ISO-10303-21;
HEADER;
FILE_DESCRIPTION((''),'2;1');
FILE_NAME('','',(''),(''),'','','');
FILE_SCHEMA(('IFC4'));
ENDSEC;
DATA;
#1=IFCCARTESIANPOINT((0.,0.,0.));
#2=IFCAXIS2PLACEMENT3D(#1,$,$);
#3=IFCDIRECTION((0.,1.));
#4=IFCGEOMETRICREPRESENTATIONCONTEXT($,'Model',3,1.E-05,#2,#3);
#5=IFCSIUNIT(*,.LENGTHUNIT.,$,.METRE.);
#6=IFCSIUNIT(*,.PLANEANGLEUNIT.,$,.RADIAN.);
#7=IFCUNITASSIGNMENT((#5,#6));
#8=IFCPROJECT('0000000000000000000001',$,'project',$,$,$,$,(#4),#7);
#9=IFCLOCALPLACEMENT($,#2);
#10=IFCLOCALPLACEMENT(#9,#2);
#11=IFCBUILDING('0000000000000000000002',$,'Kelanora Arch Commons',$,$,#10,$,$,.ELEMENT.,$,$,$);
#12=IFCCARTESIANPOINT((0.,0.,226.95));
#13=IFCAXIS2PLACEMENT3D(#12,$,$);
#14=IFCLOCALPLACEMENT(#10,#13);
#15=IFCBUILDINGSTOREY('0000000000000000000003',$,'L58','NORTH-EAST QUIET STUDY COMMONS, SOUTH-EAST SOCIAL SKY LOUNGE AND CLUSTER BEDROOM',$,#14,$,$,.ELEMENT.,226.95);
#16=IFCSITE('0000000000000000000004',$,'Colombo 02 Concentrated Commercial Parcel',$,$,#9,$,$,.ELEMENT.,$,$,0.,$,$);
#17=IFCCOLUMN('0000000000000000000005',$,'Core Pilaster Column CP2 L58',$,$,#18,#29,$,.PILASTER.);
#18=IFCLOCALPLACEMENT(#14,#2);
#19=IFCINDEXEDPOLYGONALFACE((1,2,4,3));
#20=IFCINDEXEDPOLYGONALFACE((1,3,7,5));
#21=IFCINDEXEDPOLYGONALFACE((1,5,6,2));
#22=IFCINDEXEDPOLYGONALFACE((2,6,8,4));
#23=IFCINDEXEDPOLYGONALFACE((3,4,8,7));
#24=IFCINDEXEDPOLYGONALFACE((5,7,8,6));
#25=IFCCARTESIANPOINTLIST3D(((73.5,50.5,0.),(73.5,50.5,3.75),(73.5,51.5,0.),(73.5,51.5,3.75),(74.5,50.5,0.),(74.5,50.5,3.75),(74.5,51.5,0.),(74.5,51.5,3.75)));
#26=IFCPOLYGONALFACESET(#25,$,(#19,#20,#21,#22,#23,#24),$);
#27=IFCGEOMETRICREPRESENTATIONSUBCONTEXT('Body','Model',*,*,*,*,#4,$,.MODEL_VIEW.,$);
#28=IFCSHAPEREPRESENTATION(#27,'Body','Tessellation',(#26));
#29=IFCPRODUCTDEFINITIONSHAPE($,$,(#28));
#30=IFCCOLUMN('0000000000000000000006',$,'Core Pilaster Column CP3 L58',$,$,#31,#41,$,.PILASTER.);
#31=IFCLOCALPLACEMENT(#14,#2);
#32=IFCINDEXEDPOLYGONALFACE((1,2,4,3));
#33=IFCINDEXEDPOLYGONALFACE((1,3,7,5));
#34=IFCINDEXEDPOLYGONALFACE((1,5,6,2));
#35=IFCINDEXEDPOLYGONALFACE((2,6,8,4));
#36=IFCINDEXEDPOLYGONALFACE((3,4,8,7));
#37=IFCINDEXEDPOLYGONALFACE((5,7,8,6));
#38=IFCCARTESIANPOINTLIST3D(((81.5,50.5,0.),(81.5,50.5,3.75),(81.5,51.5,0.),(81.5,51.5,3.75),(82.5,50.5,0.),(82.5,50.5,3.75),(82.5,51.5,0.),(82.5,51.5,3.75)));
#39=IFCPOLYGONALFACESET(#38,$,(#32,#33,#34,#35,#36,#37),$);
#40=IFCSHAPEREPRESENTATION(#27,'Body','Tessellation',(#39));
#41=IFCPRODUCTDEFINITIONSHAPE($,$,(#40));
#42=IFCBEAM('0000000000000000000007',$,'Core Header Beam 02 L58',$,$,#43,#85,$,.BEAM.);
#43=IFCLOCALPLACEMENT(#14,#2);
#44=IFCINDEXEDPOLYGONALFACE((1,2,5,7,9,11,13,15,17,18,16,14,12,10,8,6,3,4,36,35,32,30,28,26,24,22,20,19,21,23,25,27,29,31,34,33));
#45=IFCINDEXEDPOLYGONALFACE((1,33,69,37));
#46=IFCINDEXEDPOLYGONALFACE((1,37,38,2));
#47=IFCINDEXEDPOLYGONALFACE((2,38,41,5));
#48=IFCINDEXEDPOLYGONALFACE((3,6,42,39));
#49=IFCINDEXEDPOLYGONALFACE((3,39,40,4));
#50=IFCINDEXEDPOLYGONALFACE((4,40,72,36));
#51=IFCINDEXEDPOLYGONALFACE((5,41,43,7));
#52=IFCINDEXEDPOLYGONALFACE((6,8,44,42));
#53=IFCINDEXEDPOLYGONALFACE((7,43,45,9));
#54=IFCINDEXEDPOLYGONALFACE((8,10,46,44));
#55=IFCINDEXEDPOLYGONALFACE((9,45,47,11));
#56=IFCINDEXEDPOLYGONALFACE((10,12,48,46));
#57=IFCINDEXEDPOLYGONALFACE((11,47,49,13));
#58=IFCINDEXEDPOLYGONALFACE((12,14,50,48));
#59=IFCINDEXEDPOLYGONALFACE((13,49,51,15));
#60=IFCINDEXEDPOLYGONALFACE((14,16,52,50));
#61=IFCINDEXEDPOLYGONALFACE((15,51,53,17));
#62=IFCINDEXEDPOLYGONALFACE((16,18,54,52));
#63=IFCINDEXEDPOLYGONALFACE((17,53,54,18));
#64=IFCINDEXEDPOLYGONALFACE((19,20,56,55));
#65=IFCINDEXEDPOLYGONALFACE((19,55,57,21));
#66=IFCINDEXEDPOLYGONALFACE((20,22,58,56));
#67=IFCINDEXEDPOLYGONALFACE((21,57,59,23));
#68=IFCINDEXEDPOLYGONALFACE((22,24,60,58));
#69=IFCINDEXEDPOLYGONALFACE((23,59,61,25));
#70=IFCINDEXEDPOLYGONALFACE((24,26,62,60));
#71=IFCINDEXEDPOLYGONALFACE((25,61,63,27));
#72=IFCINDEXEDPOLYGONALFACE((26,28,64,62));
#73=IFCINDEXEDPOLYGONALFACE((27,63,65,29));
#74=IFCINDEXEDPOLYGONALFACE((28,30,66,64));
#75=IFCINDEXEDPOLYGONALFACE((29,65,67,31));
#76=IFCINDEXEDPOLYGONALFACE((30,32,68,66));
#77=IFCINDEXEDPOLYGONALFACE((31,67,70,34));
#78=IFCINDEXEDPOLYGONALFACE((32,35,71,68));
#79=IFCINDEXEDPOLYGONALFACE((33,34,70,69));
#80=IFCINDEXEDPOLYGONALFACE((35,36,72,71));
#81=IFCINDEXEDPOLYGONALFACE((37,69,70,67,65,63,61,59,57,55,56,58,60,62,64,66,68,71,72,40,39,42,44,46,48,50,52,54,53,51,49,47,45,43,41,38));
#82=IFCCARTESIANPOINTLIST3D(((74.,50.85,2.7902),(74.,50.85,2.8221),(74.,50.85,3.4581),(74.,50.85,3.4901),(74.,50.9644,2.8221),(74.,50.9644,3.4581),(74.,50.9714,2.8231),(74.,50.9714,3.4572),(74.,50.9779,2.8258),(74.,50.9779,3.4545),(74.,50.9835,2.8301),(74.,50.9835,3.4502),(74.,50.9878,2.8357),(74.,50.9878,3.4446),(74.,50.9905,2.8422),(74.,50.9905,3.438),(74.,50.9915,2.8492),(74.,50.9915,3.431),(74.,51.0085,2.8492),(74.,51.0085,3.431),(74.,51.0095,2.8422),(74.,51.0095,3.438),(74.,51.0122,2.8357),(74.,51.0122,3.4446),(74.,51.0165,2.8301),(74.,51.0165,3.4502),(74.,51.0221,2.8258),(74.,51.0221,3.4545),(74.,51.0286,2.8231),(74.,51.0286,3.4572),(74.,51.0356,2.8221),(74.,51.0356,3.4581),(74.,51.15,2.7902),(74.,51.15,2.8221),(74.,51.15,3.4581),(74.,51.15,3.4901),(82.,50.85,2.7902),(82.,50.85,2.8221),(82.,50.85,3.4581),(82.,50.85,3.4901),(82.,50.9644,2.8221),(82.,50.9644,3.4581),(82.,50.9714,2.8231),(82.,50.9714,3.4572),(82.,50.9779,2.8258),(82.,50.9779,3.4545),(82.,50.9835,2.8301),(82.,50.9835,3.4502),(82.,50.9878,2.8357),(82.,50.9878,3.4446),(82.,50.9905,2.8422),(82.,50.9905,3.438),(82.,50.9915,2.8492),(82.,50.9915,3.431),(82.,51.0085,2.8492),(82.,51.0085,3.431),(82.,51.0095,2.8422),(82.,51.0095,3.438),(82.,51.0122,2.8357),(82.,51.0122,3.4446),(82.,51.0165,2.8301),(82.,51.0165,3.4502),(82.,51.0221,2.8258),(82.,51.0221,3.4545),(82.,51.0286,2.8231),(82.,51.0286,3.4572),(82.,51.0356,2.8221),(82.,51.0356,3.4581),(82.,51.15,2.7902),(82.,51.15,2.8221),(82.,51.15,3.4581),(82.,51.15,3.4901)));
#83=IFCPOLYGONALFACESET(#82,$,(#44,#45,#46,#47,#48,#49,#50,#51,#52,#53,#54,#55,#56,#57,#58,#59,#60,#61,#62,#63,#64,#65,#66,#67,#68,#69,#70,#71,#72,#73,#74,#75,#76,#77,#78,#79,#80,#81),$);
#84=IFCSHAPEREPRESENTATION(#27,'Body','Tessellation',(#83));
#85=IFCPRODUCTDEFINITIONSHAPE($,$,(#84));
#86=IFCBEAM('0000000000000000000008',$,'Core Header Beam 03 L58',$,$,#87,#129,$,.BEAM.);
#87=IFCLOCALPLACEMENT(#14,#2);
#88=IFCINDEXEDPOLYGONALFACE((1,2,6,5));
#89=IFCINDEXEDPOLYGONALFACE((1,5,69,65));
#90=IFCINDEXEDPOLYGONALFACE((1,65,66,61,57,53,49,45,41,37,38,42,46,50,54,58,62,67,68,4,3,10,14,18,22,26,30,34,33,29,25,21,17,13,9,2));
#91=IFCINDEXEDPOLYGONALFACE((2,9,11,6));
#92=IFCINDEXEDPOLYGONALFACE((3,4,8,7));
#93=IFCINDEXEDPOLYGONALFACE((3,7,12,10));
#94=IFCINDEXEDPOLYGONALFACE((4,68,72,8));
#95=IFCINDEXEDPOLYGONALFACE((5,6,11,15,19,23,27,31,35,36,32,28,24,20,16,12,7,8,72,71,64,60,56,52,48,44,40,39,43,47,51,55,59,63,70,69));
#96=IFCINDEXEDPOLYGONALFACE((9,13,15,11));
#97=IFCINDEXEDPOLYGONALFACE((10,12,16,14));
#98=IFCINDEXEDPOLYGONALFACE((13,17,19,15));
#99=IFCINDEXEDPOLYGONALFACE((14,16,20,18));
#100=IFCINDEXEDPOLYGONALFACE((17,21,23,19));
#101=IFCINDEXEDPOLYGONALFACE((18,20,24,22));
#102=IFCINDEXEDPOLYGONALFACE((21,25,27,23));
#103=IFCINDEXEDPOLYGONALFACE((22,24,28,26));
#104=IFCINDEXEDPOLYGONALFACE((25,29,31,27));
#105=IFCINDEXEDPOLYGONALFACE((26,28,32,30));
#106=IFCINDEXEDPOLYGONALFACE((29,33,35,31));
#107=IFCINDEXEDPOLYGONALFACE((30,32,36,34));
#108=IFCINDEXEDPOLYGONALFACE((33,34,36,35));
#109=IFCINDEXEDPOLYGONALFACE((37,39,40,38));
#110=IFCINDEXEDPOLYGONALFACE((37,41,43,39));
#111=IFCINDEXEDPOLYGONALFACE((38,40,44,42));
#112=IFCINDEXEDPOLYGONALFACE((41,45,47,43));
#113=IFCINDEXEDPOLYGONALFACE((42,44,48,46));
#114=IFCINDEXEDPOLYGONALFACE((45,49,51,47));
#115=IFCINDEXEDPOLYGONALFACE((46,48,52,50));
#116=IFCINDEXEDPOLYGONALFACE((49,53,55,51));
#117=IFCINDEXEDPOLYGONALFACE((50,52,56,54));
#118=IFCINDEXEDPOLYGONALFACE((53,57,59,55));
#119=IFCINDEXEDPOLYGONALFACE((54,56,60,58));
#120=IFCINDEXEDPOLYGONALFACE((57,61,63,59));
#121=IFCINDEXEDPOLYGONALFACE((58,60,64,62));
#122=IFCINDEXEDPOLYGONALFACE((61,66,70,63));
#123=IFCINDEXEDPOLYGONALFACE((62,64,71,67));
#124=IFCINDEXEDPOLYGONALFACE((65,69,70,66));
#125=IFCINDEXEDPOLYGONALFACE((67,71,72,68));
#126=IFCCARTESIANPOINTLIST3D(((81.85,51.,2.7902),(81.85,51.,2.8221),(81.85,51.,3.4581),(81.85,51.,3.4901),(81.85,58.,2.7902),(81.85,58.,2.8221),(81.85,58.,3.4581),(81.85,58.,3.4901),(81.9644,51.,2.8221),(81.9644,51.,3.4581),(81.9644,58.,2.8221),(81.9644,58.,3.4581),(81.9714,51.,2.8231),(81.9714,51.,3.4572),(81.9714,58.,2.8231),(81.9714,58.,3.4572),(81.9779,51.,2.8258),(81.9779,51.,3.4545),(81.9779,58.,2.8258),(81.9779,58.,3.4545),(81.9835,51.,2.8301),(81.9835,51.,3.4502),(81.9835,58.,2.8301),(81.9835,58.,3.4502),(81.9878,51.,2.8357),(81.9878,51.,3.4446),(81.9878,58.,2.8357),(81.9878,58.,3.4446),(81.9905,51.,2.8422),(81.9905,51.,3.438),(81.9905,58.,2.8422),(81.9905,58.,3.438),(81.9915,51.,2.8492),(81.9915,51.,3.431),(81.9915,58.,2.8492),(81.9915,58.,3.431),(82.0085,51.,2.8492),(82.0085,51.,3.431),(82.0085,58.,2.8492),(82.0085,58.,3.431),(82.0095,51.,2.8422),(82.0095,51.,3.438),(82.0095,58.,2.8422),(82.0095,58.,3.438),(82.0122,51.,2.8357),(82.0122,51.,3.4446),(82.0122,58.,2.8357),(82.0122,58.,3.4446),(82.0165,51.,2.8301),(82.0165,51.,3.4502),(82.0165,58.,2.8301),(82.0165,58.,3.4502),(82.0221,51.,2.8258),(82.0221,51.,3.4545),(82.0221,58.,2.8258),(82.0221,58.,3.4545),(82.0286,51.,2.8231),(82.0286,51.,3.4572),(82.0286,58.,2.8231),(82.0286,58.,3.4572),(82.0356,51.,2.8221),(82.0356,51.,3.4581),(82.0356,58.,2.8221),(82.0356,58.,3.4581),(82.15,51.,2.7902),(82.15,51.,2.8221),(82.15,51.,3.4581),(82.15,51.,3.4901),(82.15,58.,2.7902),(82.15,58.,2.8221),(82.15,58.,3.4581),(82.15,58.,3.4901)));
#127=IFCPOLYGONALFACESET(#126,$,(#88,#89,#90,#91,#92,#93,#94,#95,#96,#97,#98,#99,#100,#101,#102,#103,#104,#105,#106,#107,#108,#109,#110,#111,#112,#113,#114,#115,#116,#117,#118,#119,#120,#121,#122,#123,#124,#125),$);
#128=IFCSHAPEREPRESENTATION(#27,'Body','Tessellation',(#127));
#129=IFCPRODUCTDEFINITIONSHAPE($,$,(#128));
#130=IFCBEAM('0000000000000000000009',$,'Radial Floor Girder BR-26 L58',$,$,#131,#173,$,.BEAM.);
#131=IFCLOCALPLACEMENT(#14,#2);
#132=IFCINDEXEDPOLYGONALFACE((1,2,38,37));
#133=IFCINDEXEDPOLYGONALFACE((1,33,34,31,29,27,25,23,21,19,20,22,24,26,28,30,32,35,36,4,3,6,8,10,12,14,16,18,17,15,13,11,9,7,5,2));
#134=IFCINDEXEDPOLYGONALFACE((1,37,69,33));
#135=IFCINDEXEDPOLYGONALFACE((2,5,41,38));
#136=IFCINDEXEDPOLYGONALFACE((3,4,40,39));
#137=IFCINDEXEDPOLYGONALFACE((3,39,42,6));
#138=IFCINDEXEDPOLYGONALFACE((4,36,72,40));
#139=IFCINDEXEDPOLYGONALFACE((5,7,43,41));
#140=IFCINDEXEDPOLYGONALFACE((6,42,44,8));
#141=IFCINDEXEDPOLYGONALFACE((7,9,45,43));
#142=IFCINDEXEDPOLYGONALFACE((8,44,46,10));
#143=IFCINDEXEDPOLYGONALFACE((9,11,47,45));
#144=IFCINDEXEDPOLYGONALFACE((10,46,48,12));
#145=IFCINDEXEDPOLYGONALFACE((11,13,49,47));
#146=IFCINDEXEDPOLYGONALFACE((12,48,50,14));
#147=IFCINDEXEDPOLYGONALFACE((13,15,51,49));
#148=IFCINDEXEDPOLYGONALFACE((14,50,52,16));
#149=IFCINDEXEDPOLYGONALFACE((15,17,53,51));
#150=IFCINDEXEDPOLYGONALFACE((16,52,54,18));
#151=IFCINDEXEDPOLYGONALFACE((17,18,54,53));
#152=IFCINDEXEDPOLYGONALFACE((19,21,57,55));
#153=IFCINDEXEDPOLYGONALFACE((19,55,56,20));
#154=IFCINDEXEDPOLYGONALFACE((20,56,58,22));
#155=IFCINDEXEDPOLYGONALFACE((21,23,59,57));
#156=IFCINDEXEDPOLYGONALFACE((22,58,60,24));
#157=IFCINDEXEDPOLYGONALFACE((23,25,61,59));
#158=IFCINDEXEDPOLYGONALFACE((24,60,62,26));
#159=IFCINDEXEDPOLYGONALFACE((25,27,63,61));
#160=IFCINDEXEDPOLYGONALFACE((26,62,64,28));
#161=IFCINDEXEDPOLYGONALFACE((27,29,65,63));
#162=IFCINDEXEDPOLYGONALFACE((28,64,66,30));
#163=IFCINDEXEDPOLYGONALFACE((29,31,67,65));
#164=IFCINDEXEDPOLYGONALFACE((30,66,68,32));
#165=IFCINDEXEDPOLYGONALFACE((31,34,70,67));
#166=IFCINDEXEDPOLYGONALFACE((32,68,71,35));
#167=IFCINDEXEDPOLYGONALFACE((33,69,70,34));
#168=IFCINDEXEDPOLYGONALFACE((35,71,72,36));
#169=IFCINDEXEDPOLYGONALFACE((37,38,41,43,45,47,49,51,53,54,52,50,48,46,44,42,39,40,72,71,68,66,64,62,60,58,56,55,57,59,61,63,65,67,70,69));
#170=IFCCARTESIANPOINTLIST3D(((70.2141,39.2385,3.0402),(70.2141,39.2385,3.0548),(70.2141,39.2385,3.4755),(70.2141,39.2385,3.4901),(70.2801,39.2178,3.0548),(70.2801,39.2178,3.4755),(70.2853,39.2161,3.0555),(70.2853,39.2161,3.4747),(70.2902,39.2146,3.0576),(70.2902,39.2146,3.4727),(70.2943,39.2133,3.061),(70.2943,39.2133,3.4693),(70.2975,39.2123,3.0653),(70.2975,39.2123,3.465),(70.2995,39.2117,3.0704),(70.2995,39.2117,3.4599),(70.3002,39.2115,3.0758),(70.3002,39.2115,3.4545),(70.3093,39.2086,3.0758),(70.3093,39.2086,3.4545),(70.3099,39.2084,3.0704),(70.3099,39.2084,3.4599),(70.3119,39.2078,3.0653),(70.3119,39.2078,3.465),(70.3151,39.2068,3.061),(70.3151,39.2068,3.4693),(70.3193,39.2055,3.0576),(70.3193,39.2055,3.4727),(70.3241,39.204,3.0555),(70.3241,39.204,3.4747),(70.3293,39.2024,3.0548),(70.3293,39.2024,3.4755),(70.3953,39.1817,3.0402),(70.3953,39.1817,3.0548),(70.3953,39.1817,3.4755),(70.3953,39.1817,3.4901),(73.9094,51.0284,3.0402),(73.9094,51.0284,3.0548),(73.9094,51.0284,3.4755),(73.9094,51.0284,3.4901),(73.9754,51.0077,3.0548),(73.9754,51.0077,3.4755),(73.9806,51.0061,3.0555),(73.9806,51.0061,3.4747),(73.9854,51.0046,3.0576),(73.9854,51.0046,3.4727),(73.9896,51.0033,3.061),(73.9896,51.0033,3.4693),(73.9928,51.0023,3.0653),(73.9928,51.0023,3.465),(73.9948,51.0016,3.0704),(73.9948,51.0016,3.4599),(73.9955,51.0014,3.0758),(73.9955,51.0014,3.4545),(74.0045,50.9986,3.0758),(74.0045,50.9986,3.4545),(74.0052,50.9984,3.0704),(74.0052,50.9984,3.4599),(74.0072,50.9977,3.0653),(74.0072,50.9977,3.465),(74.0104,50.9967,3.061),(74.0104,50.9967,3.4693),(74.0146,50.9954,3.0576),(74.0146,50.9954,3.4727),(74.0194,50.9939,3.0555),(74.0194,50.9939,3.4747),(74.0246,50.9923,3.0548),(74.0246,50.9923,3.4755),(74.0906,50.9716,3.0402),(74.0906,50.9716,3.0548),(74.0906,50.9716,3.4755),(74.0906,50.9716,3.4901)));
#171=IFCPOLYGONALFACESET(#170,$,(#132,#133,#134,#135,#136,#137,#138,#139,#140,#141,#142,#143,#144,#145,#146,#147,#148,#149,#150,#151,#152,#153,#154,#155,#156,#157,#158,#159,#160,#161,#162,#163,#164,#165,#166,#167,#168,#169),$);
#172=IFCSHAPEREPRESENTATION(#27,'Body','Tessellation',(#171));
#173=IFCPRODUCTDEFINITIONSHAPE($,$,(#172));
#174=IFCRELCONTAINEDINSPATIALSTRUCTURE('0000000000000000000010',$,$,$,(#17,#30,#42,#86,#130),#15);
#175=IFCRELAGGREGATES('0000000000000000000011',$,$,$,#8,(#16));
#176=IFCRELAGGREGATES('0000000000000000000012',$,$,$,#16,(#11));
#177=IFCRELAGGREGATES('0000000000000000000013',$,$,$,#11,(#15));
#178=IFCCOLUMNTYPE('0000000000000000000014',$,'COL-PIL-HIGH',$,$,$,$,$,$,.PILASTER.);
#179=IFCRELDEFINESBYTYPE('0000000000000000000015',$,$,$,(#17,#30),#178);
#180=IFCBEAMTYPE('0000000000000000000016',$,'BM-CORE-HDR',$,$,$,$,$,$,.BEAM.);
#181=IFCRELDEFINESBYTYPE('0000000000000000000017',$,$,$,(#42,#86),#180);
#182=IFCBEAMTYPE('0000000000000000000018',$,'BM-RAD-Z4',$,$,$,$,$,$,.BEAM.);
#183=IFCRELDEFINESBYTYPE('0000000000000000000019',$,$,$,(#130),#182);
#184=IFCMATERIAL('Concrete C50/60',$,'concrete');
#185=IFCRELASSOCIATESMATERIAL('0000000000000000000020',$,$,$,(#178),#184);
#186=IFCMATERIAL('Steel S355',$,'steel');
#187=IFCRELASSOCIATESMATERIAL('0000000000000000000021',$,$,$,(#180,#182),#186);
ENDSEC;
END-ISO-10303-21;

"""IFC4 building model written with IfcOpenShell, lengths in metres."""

from ifc_helpers import new_model, si_unit, direction, frame, origin, origin_2d, place, context, subcontext, project, spatial, rectangle, i_section, extrude, material, material_profile, profile_set, type_object, element, save


model = new_model("IFC4")

# Units and contexts
model_context = context("Model", 3, precision=1e-05, world=origin(), true_north=direction((0.0, 1.0)))
body_context = subcontext(model_context, "Body", "Model", "MODEL_VIEW")
ifc_project = project(units=[si_unit("LENGTHUNIT", "METRE"), si_unit("PLANEANGLEUNIT", "RADIAN")], contexts=[model_context])

# Site, building, storey
site_placement = place(None, origin())
site = spatial("IfcSite", under=ifc_project, at=site_placement, Name="Colombo 02 Concentrated Commercial Parcel", CompositionType="ELEMENT", RefElevation=0.0)
building_placement = place(site_placement, origin())
building = spatial("IfcBuilding", under=site, at=building_placement, Name="Kelanora Arch Commons", CompositionType="ELEMENT")
storey_placement = place(building_placement, frame((0.0, 0.0, 226.95)))
storey = spatial("IfcBuildingStorey", under=building, at=storey_placement, Name="L58", Description="NORTH-EAST QUIET STUDY COMMONS, SOUTH-EAST SOCIAL SKY LOUNGE AND CLUSTER BEDROOM", CompositionType="ELEMENT", Elevation=226.95)

# Columns
ifc_material_1 = material(Name="Concrete C50/60", Category="concrete")
ifc_material_profile_1 = material_profile(ifc_material_1, rectangle(XDim=1.0, YDim=1.0, at=origin_2d()), Name="RC1000x1000")
ifc_profile_set_1 = profile_set([ifc_material_profile_1], Name="Concrete C50/60")
column_type = type_object("IfcColumnType", Name="COL-PIL-HIGH", PredefinedType="PILASTER", material=ifc_profile_set_1)
for number, where, z_axis, x_axis, name in (
    (1, (74.0, 51.0, 0.0), (0.0, 0.0, 1.0), (1.0, 0.0, 0.0), "Core Pilaster Column CP2 L58"),
    (2, (82.0, 51.0, 0.0), (0.0, 0.0, 1.0), (1.0, 0.0, 0.0), "Core Pilaster Column CP3 L58"),
):
    element("IfcColumn", number, at=place(storey_placement, frame(where, z_axis=z_axis, x_axis=x_axis)), inside=storey, type_object=column_type, Name=name, PredefinedType="PILASTER", context=body_context, shape_type="SweptSolid", body=[
        extrude(rectangle(XDim=1.0, YDim=1.0, at=origin_2d()), origin(), (0.0, 0.0, 1.0), 3.75),
    ])

# Beams
ifc_material_2 = material(Name="Steel S355", Category="steel")
ifc_material_profile_2 = material_profile(ifc_material_2, i_section(OverallWidth=0.3, OverallDepth=0.7, WebThickness=0.0171, FlangeThickness=0.032, FilletRadius=0.0271, at=origin_2d()), Name="HEB700")
ifc_profile_set_2 = profile_set([ifc_material_profile_2], Name="Steel S355")
beam_type_1 = type_object("IfcBeamType", Name="BM-CORE-HDR", PredefinedType="BEAM", material=ifc_profile_set_2)
beam_1_placement = place(storey_placement, frame((74.0, 51.0, 3.1401), z_axis=(1.0, 0.0, 0.0), x_axis=(0.0, 1.0, 0.0)))
element("IfcBeam", 3, at=beam_1_placement, inside=storey, type_object=beam_type_1, Name="Core Header Beam 02 L58", PredefinedType="BEAM", context=body_context, shape_type="SweptSolid", body=[
    extrude(i_section(OverallWidth=0.3, OverallDepth=0.7, WebThickness=0.0171, FlangeThickness=0.032, FilletRadius=0.0271, at=origin_2d()), origin(), (0.0, 0.0, 1.0), 8.0),
])
beam_2_placement = place(storey_placement, frame((82.0, 51.0, 3.1401), z_axis=(0.0, 1.0, 0.0), x_axis=(-1.0, 0.0, 0.0)))
element("IfcBeam", 4, at=beam_2_placement, inside=storey, type_object=beam_type_1, Name="Core Header Beam 03 L58", PredefinedType="BEAM", context=body_context, shape_type="SweptSolid", body=[
    extrude(i_section(OverallWidth=0.3, OverallDepth=0.7, WebThickness=0.0171, FlangeThickness=0.032, FilletRadius=0.0271, at=origin_2d()), origin(), (0.0, 0.0, 1.0), 7.0),
])
ifc_material_profile_3 = material_profile(ifc_material_2, i_section(OverallWidth=0.1899, OverallDepth=0.45, WebThickness=0.0095, FlangeThickness=0.0146, FilletRadius=0.021, at=origin_2d()), Name="IPE450")
ifc_profile_set_3 = profile_set([ifc_material_profile_3], Name="Steel S355")
beam_type_2 = type_object("IfcBeamType", Name="BM-RAD-Z4", PredefinedType="BEAM", material=ifc_profile_set_3)
for number, where, z_axis, x_axis, name in (
    (5, (74.0, 51.0, 3.2651), (-0.29908, -0.954228, 0.0), (0.954228, -0.29908, 0.0), "Radial Floor Girder BR-26 L58"),
):
    element("IfcBeam", number, at=place(storey_placement, frame(where, z_axis=z_axis, x_axis=x_axis)), inside=storey, type_object=beam_type_2, Name=name, PredefinedType="BEAM", context=body_context, shape_type="SweptSolid", body=[
        extrude(i_section(OverallWidth=0.1899, OverallDepth=0.45, WebThickness=0.0095, FlangeThickness=0.0146, FilletRadius=0.021, at=origin_2d()), origin(), (0.0, 0.0, 1.0), 12.3555),
    ])

save(model, "model.ifc")
